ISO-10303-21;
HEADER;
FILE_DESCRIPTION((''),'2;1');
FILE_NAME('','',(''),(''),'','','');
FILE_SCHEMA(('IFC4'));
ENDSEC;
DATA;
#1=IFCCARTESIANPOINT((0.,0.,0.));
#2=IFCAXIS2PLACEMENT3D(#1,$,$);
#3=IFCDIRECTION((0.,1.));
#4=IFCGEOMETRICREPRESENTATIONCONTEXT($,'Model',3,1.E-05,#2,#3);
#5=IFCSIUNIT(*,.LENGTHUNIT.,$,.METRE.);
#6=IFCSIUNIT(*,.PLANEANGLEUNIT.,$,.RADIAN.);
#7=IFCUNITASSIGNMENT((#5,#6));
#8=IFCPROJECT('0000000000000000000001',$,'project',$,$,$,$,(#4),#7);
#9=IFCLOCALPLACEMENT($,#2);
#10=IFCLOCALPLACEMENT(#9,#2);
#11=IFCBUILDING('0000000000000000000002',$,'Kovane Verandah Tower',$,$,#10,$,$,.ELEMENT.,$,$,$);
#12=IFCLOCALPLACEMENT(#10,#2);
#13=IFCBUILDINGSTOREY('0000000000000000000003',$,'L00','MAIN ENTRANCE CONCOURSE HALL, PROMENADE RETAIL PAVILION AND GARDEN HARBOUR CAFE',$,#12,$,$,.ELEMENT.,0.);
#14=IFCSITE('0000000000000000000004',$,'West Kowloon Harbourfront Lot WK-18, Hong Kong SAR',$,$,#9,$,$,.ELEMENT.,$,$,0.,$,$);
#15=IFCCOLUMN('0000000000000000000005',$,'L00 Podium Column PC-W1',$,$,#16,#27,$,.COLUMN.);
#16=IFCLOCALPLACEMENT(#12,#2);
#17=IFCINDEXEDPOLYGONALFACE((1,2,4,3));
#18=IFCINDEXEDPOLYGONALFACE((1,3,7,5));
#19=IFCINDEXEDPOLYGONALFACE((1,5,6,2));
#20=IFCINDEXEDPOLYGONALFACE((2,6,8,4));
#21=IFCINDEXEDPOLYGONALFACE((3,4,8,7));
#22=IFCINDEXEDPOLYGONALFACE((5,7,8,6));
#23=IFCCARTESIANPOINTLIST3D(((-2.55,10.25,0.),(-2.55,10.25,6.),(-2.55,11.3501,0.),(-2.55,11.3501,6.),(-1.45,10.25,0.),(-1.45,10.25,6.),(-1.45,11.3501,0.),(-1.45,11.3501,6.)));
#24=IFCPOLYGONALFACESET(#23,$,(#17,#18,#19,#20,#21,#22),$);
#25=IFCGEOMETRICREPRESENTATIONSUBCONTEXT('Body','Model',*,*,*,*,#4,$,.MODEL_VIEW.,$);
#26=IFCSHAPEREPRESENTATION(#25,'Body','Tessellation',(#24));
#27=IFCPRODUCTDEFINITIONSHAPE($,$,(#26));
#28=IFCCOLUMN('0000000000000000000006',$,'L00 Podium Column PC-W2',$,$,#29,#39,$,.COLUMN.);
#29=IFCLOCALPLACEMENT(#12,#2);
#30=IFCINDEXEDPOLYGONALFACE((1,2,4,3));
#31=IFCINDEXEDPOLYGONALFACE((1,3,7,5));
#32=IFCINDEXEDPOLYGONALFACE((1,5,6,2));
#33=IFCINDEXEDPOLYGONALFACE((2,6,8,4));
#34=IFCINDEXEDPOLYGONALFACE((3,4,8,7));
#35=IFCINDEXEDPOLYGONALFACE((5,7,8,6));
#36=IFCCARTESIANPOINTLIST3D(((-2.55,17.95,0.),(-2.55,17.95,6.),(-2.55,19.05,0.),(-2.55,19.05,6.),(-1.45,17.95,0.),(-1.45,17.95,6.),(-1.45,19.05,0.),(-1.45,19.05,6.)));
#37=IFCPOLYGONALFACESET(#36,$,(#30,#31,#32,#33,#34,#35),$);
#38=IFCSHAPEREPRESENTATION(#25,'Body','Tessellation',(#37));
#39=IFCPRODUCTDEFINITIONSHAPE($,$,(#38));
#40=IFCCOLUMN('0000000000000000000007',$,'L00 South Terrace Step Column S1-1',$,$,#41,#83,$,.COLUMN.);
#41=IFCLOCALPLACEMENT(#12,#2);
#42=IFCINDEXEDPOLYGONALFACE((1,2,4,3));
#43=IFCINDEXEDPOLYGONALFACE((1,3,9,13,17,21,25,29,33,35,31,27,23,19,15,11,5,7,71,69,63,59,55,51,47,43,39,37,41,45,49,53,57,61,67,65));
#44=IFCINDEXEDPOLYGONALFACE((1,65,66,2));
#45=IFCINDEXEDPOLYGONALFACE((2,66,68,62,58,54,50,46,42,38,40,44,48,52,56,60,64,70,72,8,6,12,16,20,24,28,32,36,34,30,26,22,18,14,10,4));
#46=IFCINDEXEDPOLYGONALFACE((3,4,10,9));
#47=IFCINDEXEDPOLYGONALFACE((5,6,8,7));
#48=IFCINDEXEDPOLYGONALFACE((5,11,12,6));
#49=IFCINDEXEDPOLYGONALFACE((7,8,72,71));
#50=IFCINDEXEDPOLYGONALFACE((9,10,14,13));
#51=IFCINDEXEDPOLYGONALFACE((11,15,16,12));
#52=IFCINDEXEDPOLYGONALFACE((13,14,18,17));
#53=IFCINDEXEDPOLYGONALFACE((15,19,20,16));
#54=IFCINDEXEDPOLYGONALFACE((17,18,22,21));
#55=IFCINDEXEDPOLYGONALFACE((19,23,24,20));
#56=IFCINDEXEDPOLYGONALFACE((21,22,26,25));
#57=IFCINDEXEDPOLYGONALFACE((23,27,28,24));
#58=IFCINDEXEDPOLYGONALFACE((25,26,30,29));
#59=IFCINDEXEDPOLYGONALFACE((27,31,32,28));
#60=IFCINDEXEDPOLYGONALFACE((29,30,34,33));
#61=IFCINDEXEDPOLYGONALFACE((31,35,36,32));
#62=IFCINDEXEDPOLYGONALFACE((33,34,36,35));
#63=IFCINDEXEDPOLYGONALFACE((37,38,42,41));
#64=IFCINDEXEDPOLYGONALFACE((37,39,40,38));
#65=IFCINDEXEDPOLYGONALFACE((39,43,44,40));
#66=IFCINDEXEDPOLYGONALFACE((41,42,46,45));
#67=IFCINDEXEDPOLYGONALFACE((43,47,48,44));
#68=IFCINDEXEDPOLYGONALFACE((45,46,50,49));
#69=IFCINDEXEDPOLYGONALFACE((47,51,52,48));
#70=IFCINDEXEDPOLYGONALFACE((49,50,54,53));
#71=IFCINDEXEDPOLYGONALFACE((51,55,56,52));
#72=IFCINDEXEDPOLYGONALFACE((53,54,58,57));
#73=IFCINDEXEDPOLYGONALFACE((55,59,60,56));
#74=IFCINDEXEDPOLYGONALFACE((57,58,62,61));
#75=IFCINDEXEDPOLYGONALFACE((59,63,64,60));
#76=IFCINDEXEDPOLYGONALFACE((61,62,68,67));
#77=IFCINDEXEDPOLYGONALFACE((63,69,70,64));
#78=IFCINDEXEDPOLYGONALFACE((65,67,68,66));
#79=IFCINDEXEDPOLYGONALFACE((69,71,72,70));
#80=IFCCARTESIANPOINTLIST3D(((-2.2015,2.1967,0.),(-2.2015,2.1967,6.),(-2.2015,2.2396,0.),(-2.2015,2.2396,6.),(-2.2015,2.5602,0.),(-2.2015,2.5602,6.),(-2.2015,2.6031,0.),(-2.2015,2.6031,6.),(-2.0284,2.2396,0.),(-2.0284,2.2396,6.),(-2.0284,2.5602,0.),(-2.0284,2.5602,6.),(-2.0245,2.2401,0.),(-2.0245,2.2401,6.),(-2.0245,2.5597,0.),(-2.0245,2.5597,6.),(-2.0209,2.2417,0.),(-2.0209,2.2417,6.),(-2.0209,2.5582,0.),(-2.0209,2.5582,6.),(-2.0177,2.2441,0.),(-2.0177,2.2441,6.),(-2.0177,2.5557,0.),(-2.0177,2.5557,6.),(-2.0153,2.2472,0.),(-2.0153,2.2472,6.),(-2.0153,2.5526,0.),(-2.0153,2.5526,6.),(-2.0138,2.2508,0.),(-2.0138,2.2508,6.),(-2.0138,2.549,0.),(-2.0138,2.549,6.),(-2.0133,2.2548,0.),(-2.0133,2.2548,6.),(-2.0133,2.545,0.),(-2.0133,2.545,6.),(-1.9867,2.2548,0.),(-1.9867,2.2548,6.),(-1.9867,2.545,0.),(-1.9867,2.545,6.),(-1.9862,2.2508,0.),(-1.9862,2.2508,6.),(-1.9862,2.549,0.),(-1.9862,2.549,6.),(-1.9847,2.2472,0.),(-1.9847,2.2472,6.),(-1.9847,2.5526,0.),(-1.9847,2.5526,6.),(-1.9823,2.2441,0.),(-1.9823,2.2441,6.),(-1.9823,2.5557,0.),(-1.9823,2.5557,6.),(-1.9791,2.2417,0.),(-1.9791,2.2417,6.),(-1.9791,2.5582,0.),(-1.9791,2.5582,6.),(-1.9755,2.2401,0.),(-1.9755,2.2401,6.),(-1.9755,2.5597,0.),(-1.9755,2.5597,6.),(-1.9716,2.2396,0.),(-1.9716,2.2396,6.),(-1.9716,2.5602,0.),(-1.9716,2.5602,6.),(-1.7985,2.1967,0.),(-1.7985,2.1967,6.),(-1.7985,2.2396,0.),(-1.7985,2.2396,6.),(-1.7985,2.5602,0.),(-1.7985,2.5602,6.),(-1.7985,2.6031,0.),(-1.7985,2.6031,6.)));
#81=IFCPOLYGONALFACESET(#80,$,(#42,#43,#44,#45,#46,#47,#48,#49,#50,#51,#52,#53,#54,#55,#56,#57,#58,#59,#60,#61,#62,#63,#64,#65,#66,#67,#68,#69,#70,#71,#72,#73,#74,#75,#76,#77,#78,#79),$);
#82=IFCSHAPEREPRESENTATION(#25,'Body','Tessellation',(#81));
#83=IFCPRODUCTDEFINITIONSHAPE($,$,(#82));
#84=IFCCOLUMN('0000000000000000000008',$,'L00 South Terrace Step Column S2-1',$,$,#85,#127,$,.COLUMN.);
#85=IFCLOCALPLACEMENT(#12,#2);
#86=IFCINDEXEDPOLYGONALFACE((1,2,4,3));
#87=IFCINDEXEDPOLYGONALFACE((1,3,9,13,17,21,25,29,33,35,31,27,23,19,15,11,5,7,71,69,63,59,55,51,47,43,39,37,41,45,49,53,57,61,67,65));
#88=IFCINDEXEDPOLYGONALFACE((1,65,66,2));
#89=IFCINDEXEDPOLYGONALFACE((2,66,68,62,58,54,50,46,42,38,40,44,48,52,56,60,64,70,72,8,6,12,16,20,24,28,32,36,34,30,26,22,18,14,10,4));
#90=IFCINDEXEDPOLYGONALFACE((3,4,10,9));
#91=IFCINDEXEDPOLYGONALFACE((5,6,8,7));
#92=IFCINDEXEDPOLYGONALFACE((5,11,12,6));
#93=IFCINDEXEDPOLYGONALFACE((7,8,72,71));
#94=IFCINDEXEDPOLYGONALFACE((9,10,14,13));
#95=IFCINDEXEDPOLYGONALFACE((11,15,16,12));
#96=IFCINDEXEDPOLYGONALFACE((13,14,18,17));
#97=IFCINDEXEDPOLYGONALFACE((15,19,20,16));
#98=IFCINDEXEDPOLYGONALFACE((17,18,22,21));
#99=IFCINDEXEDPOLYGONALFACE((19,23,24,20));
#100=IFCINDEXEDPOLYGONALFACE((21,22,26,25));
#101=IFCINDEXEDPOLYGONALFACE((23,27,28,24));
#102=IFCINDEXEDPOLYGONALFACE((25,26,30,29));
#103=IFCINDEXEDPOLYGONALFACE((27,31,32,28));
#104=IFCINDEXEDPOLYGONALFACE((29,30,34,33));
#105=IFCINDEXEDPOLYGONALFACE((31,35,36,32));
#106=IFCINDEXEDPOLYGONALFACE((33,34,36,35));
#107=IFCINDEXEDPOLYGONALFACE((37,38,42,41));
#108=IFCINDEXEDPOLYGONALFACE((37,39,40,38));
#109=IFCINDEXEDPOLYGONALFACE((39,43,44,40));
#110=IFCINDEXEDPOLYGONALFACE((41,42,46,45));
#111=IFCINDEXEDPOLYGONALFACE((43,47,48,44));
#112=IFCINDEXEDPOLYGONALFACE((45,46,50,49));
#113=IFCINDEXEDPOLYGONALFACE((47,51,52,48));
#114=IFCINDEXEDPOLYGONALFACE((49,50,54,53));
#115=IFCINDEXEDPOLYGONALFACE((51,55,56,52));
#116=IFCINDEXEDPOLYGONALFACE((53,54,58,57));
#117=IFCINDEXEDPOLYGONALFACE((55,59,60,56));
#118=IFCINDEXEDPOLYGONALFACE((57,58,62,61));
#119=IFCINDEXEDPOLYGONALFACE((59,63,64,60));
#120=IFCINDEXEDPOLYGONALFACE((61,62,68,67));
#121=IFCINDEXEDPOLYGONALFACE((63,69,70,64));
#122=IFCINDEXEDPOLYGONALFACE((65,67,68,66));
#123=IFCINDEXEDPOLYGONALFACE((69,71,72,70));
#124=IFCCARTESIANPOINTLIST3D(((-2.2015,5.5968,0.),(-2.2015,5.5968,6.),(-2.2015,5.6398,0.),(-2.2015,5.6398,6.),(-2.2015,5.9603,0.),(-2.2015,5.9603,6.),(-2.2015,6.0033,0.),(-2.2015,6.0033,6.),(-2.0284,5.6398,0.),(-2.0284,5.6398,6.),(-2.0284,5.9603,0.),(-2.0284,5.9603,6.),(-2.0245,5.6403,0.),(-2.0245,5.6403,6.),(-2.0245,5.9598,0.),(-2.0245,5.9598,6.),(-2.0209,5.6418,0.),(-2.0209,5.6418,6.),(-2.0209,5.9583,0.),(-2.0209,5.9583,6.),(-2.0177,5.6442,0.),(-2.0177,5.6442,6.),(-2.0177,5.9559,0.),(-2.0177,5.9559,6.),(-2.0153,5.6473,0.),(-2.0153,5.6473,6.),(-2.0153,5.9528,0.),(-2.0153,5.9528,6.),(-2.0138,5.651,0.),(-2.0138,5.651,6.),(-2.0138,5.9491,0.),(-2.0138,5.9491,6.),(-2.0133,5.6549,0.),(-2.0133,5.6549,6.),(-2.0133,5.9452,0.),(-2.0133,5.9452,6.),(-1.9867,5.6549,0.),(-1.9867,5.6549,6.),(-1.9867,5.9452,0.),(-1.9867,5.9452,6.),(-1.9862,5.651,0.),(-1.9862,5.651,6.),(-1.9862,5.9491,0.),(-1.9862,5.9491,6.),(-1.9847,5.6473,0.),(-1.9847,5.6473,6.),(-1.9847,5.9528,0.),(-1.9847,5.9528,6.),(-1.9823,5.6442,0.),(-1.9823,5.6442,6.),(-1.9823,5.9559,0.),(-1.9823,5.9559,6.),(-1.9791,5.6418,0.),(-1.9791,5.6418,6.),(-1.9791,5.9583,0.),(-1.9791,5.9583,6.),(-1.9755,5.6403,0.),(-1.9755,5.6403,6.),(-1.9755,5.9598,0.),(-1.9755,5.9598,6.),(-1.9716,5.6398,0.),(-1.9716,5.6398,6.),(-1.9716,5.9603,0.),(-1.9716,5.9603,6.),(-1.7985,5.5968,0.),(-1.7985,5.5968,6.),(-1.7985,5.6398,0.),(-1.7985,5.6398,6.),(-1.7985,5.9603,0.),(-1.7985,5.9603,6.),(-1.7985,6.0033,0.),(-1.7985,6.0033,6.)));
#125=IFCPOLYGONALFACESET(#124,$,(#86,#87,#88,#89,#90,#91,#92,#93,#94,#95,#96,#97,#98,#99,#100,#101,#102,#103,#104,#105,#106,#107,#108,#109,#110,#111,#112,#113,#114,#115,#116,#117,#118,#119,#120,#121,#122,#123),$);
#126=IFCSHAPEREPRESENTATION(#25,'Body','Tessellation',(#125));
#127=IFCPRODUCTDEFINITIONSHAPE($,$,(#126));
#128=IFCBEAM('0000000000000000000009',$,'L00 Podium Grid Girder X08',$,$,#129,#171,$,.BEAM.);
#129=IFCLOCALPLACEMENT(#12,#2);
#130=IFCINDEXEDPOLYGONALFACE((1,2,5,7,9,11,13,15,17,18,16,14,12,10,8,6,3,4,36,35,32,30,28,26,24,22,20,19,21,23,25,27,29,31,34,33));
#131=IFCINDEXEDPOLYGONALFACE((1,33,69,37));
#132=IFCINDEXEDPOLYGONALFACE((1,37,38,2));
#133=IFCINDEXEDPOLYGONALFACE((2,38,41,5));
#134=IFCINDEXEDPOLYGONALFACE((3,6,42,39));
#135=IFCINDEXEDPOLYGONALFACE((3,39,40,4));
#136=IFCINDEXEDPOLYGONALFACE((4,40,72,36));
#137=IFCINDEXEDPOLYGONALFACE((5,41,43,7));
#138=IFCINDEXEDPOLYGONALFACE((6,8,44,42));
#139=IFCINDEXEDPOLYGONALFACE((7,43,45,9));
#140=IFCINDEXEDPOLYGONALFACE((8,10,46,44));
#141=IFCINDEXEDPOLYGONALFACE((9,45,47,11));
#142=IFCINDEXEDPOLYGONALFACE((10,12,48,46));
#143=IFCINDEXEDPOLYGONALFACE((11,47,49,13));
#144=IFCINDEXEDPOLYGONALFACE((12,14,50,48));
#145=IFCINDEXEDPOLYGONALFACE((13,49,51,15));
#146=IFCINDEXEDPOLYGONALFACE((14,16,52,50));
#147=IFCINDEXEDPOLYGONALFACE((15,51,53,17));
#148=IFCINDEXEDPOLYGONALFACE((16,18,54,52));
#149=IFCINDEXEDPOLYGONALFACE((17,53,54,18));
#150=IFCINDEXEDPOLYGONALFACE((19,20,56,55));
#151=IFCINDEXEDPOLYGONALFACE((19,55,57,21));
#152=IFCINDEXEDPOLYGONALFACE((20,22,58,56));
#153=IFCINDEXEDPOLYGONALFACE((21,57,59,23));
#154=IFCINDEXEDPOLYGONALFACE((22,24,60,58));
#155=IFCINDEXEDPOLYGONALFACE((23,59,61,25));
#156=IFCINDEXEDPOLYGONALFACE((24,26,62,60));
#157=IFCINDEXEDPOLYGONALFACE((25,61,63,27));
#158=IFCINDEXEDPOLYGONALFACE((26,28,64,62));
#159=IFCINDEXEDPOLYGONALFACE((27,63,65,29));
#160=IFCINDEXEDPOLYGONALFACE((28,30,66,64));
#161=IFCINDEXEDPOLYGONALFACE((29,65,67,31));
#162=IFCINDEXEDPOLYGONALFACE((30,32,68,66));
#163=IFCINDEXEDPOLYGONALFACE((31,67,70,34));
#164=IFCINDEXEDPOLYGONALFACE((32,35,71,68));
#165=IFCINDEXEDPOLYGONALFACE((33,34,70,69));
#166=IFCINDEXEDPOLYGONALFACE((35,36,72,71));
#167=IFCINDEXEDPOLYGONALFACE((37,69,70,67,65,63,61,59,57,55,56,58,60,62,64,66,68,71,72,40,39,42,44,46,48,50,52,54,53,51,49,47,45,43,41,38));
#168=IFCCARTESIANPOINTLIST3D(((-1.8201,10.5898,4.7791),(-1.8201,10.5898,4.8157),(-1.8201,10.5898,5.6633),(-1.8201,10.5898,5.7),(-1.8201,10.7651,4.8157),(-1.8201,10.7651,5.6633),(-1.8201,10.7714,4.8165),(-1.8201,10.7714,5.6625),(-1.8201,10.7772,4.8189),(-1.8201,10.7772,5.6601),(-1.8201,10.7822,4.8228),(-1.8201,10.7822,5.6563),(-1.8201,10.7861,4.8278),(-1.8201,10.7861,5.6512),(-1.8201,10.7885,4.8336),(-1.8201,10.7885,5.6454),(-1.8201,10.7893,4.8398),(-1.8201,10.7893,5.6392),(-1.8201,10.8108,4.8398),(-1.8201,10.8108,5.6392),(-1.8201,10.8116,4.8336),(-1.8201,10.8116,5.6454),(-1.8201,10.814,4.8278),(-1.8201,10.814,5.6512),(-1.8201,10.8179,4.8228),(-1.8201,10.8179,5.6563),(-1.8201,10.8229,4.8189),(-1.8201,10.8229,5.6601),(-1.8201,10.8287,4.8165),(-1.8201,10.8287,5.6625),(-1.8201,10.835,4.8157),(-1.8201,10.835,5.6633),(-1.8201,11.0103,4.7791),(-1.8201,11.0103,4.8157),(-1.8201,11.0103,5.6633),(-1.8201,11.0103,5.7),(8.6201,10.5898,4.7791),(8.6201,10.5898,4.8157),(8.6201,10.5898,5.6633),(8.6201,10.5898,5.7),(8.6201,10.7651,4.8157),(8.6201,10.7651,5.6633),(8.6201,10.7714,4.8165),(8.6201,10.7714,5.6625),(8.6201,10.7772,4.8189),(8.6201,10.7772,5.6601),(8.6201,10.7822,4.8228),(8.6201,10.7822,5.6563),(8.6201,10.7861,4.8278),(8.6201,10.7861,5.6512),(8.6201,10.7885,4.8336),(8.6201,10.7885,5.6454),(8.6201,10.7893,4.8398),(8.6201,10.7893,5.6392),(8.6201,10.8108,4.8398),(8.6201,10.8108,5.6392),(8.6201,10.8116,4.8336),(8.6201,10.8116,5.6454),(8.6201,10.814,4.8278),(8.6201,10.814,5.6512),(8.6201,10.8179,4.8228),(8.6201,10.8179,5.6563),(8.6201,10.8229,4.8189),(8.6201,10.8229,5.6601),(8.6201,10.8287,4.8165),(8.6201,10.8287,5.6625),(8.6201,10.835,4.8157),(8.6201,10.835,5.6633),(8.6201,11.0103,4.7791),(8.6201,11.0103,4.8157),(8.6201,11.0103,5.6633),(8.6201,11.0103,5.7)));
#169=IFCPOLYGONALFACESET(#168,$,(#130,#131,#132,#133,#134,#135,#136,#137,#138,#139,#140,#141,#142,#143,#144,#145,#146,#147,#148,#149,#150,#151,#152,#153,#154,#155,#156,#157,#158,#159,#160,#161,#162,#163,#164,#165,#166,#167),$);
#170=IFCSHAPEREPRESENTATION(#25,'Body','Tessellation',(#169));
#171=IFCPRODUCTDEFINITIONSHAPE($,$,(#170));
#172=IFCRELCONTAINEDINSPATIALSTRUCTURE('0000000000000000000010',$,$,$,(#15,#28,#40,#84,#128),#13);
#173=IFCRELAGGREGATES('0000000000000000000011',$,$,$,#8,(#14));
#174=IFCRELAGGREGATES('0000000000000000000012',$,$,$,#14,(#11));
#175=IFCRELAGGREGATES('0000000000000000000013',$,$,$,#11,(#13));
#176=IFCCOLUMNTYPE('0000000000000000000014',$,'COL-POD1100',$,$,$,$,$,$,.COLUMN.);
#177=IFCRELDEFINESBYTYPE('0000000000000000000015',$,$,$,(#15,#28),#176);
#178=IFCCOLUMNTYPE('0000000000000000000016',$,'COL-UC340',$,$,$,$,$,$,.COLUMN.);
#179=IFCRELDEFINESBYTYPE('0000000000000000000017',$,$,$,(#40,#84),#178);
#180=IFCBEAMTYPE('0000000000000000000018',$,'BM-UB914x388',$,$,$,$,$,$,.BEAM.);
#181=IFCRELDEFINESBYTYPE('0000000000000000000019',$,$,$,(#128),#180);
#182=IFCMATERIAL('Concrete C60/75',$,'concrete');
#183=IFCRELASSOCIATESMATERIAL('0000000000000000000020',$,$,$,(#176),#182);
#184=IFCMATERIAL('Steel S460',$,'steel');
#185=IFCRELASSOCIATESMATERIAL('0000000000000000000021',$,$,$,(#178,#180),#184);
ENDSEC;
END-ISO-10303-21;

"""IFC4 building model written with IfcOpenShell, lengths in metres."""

from ifc_helpers import new_model, si_unit, direction, frame, origin, origin_2d, place, context, subcontext, project, spatial, rectangle, i_section, extrude, material, material_profile, profile_set, type_object, element, save


model = new_model("IFC4")

# Units and contexts
model_context = context("Model", 3, precision=1e-05, world=origin(), true_north=direction((0.0, 1.0)))
body_context = subcontext(model_context, "Body", "Model", "MODEL_VIEW")
ifc_project = project(units=[si_unit("LENGTHUNIT", "METRE"), si_unit("PLANEANGLEUNIT", "RADIAN")], contexts=[model_context])

# Site, building, storey
site_placement = place(None, origin())
site = spatial("IfcSite", under=ifc_project, at=site_placement, Name="West Kowloon Harbourfront Lot WK-18, Hong Kong SAR", CompositionType="ELEMENT", RefElevation=0.0)
building_placement = place(site_placement, origin())
building = spatial("IfcBuilding", under=site, at=building_placement, Name="Kovane Verandah Tower", CompositionType="ELEMENT")
storey_placement = place(building_placement, origin())
storey = spatial("IfcBuildingStorey", under=building, at=storey_placement, Name="L00", Description="MAIN ENTRANCE CONCOURSE HALL, PROMENADE RETAIL PAVILION AND GARDEN HARBOUR CAFE", CompositionType="ELEMENT", Elevation=0.0)

# Columns
ifc_material_1 = material(Name="Concrete C60/75", Category="concrete")
ifc_material_profile_1 = material_profile(ifc_material_1, rectangle(XDim=1.1001, YDim=1.1001, at=origin_2d()), Name="RC1100x1100")
ifc_profile_set_1 = profile_set([ifc_material_profile_1], Name="Concrete C60/75")
column_type_1 = type_object("IfcColumnType", Name="COL-POD1100", PredefinedType="COLUMN", material=ifc_profile_set_1)
for number, where, z_axis, x_axis, name in (
    (1, (-2.0, 10.8, 0.0), (0.0, 0.0, 1.0), (1.0, 0.0, 0.0), "L00 Podium Column PC-W1"),
    (2, (-2.0, 18.5, 0.0), (0.0, 0.0, 1.0), (1.0, 0.0, 0.0), "L00 Podium Column PC-W2"),
):
    element("IfcColumn", number, at=place(storey_placement, frame(where, z_axis=z_axis, x_axis=x_axis)), inside=storey, type_object=column_type_1, Name=name, PredefinedType="COLUMN", context=body_context, shape_type="SweptSolid", body=[
        extrude(rectangle(XDim=1.1001, YDim=1.1001, at=origin_2d()), origin(), (0.0, 0.0, 1.0), 6.0),
    ])
ifc_material_2 = material(Name="Steel S460", Category="steel")
ifc_material_profile_2 = material_profile(ifc_material_2, i_section(OverallWidth=0.4031, OverallDepth=0.4065, WebThickness=0.0266, FlangeThickness=0.043, FilletRadius=0.0151, at=origin_2d()), Name="UC356x406x340")
ifc_profile_set_2 = profile_set([ifc_material_profile_2], Name="Steel S460")
column_type_2 = type_object("IfcColumnType", Name="COL-UC340", PredefinedType="COLUMN", material=ifc_profile_set_2)
for number, where, z_axis, x_axis, name in (
    (3, (-2.0, 2.3999, 0.0), (0.0, 0.0, 1.0), (1.0, 0.0, 0.0), "L00 South Terrace Step Column S1-1"),
    (4, (-2.0, 5.8, 0.0), (0.0, 0.0, 1.0), (1.0, 0.0, 0.0), "L00 South Terrace Step Column S2-1"),
):
    element("IfcColumn", number, at=place(storey_placement, frame(where, z_axis=z_axis, x_axis=x_axis)), inside=storey, type_object=column_type_2, Name=name, PredefinedType="COLUMN", context=body_context, shape_type="SweptSolid", body=[
        extrude(i_section(OverallWidth=0.4031, OverallDepth=0.4065, WebThickness=0.0266, FlangeThickness=0.043, FilletRadius=0.0151, at=origin_2d()), origin(), (0.0, 0.0, 1.0), 6.0),
    ])

# Beam
ifc_material_profile_3 = material_profile(ifc_material_2, i_section(OverallWidth=0.4204, OverallDepth=0.9209, WebThickness=0.0215, FlangeThickness=0.0366, FilletRadius=0.0242, at=origin_2d()), Name="UB914x419x388")
ifc_profile_set_3 = profile_set([ifc_material_profile_3], Name="Steel S460")
beam_type_1 = type_object("IfcBeamType", Name="BM-UB914x388", PredefinedType="BEAM", material=ifc_profile_set_3)
for number, where, z_axis, x_axis, name in (
    (5, (-1.8201, 10.8, 5.2395), (1.0, 0.0, 0.0), (0.0, 1.0, 0.0), "L00 Podium Grid Girder X08"),
):
    element("IfcBeam", number, at=place(storey_placement, frame(where, z_axis=z_axis, x_axis=x_axis)), inside=storey, type_object=beam_type_1, Name=name, PredefinedType="BEAM", context=body_context, shape_type="SweptSolid", body=[
        extrude(i_section(OverallWidth=0.4204, OverallDepth=0.9209, WebThickness=0.0215, FlangeThickness=0.0366, FilletRadius=0.0242, at=origin_2d()), origin(), (0.0, 0.0, 1.0), 10.4402),
    ])

save(model, "model.ifc")
